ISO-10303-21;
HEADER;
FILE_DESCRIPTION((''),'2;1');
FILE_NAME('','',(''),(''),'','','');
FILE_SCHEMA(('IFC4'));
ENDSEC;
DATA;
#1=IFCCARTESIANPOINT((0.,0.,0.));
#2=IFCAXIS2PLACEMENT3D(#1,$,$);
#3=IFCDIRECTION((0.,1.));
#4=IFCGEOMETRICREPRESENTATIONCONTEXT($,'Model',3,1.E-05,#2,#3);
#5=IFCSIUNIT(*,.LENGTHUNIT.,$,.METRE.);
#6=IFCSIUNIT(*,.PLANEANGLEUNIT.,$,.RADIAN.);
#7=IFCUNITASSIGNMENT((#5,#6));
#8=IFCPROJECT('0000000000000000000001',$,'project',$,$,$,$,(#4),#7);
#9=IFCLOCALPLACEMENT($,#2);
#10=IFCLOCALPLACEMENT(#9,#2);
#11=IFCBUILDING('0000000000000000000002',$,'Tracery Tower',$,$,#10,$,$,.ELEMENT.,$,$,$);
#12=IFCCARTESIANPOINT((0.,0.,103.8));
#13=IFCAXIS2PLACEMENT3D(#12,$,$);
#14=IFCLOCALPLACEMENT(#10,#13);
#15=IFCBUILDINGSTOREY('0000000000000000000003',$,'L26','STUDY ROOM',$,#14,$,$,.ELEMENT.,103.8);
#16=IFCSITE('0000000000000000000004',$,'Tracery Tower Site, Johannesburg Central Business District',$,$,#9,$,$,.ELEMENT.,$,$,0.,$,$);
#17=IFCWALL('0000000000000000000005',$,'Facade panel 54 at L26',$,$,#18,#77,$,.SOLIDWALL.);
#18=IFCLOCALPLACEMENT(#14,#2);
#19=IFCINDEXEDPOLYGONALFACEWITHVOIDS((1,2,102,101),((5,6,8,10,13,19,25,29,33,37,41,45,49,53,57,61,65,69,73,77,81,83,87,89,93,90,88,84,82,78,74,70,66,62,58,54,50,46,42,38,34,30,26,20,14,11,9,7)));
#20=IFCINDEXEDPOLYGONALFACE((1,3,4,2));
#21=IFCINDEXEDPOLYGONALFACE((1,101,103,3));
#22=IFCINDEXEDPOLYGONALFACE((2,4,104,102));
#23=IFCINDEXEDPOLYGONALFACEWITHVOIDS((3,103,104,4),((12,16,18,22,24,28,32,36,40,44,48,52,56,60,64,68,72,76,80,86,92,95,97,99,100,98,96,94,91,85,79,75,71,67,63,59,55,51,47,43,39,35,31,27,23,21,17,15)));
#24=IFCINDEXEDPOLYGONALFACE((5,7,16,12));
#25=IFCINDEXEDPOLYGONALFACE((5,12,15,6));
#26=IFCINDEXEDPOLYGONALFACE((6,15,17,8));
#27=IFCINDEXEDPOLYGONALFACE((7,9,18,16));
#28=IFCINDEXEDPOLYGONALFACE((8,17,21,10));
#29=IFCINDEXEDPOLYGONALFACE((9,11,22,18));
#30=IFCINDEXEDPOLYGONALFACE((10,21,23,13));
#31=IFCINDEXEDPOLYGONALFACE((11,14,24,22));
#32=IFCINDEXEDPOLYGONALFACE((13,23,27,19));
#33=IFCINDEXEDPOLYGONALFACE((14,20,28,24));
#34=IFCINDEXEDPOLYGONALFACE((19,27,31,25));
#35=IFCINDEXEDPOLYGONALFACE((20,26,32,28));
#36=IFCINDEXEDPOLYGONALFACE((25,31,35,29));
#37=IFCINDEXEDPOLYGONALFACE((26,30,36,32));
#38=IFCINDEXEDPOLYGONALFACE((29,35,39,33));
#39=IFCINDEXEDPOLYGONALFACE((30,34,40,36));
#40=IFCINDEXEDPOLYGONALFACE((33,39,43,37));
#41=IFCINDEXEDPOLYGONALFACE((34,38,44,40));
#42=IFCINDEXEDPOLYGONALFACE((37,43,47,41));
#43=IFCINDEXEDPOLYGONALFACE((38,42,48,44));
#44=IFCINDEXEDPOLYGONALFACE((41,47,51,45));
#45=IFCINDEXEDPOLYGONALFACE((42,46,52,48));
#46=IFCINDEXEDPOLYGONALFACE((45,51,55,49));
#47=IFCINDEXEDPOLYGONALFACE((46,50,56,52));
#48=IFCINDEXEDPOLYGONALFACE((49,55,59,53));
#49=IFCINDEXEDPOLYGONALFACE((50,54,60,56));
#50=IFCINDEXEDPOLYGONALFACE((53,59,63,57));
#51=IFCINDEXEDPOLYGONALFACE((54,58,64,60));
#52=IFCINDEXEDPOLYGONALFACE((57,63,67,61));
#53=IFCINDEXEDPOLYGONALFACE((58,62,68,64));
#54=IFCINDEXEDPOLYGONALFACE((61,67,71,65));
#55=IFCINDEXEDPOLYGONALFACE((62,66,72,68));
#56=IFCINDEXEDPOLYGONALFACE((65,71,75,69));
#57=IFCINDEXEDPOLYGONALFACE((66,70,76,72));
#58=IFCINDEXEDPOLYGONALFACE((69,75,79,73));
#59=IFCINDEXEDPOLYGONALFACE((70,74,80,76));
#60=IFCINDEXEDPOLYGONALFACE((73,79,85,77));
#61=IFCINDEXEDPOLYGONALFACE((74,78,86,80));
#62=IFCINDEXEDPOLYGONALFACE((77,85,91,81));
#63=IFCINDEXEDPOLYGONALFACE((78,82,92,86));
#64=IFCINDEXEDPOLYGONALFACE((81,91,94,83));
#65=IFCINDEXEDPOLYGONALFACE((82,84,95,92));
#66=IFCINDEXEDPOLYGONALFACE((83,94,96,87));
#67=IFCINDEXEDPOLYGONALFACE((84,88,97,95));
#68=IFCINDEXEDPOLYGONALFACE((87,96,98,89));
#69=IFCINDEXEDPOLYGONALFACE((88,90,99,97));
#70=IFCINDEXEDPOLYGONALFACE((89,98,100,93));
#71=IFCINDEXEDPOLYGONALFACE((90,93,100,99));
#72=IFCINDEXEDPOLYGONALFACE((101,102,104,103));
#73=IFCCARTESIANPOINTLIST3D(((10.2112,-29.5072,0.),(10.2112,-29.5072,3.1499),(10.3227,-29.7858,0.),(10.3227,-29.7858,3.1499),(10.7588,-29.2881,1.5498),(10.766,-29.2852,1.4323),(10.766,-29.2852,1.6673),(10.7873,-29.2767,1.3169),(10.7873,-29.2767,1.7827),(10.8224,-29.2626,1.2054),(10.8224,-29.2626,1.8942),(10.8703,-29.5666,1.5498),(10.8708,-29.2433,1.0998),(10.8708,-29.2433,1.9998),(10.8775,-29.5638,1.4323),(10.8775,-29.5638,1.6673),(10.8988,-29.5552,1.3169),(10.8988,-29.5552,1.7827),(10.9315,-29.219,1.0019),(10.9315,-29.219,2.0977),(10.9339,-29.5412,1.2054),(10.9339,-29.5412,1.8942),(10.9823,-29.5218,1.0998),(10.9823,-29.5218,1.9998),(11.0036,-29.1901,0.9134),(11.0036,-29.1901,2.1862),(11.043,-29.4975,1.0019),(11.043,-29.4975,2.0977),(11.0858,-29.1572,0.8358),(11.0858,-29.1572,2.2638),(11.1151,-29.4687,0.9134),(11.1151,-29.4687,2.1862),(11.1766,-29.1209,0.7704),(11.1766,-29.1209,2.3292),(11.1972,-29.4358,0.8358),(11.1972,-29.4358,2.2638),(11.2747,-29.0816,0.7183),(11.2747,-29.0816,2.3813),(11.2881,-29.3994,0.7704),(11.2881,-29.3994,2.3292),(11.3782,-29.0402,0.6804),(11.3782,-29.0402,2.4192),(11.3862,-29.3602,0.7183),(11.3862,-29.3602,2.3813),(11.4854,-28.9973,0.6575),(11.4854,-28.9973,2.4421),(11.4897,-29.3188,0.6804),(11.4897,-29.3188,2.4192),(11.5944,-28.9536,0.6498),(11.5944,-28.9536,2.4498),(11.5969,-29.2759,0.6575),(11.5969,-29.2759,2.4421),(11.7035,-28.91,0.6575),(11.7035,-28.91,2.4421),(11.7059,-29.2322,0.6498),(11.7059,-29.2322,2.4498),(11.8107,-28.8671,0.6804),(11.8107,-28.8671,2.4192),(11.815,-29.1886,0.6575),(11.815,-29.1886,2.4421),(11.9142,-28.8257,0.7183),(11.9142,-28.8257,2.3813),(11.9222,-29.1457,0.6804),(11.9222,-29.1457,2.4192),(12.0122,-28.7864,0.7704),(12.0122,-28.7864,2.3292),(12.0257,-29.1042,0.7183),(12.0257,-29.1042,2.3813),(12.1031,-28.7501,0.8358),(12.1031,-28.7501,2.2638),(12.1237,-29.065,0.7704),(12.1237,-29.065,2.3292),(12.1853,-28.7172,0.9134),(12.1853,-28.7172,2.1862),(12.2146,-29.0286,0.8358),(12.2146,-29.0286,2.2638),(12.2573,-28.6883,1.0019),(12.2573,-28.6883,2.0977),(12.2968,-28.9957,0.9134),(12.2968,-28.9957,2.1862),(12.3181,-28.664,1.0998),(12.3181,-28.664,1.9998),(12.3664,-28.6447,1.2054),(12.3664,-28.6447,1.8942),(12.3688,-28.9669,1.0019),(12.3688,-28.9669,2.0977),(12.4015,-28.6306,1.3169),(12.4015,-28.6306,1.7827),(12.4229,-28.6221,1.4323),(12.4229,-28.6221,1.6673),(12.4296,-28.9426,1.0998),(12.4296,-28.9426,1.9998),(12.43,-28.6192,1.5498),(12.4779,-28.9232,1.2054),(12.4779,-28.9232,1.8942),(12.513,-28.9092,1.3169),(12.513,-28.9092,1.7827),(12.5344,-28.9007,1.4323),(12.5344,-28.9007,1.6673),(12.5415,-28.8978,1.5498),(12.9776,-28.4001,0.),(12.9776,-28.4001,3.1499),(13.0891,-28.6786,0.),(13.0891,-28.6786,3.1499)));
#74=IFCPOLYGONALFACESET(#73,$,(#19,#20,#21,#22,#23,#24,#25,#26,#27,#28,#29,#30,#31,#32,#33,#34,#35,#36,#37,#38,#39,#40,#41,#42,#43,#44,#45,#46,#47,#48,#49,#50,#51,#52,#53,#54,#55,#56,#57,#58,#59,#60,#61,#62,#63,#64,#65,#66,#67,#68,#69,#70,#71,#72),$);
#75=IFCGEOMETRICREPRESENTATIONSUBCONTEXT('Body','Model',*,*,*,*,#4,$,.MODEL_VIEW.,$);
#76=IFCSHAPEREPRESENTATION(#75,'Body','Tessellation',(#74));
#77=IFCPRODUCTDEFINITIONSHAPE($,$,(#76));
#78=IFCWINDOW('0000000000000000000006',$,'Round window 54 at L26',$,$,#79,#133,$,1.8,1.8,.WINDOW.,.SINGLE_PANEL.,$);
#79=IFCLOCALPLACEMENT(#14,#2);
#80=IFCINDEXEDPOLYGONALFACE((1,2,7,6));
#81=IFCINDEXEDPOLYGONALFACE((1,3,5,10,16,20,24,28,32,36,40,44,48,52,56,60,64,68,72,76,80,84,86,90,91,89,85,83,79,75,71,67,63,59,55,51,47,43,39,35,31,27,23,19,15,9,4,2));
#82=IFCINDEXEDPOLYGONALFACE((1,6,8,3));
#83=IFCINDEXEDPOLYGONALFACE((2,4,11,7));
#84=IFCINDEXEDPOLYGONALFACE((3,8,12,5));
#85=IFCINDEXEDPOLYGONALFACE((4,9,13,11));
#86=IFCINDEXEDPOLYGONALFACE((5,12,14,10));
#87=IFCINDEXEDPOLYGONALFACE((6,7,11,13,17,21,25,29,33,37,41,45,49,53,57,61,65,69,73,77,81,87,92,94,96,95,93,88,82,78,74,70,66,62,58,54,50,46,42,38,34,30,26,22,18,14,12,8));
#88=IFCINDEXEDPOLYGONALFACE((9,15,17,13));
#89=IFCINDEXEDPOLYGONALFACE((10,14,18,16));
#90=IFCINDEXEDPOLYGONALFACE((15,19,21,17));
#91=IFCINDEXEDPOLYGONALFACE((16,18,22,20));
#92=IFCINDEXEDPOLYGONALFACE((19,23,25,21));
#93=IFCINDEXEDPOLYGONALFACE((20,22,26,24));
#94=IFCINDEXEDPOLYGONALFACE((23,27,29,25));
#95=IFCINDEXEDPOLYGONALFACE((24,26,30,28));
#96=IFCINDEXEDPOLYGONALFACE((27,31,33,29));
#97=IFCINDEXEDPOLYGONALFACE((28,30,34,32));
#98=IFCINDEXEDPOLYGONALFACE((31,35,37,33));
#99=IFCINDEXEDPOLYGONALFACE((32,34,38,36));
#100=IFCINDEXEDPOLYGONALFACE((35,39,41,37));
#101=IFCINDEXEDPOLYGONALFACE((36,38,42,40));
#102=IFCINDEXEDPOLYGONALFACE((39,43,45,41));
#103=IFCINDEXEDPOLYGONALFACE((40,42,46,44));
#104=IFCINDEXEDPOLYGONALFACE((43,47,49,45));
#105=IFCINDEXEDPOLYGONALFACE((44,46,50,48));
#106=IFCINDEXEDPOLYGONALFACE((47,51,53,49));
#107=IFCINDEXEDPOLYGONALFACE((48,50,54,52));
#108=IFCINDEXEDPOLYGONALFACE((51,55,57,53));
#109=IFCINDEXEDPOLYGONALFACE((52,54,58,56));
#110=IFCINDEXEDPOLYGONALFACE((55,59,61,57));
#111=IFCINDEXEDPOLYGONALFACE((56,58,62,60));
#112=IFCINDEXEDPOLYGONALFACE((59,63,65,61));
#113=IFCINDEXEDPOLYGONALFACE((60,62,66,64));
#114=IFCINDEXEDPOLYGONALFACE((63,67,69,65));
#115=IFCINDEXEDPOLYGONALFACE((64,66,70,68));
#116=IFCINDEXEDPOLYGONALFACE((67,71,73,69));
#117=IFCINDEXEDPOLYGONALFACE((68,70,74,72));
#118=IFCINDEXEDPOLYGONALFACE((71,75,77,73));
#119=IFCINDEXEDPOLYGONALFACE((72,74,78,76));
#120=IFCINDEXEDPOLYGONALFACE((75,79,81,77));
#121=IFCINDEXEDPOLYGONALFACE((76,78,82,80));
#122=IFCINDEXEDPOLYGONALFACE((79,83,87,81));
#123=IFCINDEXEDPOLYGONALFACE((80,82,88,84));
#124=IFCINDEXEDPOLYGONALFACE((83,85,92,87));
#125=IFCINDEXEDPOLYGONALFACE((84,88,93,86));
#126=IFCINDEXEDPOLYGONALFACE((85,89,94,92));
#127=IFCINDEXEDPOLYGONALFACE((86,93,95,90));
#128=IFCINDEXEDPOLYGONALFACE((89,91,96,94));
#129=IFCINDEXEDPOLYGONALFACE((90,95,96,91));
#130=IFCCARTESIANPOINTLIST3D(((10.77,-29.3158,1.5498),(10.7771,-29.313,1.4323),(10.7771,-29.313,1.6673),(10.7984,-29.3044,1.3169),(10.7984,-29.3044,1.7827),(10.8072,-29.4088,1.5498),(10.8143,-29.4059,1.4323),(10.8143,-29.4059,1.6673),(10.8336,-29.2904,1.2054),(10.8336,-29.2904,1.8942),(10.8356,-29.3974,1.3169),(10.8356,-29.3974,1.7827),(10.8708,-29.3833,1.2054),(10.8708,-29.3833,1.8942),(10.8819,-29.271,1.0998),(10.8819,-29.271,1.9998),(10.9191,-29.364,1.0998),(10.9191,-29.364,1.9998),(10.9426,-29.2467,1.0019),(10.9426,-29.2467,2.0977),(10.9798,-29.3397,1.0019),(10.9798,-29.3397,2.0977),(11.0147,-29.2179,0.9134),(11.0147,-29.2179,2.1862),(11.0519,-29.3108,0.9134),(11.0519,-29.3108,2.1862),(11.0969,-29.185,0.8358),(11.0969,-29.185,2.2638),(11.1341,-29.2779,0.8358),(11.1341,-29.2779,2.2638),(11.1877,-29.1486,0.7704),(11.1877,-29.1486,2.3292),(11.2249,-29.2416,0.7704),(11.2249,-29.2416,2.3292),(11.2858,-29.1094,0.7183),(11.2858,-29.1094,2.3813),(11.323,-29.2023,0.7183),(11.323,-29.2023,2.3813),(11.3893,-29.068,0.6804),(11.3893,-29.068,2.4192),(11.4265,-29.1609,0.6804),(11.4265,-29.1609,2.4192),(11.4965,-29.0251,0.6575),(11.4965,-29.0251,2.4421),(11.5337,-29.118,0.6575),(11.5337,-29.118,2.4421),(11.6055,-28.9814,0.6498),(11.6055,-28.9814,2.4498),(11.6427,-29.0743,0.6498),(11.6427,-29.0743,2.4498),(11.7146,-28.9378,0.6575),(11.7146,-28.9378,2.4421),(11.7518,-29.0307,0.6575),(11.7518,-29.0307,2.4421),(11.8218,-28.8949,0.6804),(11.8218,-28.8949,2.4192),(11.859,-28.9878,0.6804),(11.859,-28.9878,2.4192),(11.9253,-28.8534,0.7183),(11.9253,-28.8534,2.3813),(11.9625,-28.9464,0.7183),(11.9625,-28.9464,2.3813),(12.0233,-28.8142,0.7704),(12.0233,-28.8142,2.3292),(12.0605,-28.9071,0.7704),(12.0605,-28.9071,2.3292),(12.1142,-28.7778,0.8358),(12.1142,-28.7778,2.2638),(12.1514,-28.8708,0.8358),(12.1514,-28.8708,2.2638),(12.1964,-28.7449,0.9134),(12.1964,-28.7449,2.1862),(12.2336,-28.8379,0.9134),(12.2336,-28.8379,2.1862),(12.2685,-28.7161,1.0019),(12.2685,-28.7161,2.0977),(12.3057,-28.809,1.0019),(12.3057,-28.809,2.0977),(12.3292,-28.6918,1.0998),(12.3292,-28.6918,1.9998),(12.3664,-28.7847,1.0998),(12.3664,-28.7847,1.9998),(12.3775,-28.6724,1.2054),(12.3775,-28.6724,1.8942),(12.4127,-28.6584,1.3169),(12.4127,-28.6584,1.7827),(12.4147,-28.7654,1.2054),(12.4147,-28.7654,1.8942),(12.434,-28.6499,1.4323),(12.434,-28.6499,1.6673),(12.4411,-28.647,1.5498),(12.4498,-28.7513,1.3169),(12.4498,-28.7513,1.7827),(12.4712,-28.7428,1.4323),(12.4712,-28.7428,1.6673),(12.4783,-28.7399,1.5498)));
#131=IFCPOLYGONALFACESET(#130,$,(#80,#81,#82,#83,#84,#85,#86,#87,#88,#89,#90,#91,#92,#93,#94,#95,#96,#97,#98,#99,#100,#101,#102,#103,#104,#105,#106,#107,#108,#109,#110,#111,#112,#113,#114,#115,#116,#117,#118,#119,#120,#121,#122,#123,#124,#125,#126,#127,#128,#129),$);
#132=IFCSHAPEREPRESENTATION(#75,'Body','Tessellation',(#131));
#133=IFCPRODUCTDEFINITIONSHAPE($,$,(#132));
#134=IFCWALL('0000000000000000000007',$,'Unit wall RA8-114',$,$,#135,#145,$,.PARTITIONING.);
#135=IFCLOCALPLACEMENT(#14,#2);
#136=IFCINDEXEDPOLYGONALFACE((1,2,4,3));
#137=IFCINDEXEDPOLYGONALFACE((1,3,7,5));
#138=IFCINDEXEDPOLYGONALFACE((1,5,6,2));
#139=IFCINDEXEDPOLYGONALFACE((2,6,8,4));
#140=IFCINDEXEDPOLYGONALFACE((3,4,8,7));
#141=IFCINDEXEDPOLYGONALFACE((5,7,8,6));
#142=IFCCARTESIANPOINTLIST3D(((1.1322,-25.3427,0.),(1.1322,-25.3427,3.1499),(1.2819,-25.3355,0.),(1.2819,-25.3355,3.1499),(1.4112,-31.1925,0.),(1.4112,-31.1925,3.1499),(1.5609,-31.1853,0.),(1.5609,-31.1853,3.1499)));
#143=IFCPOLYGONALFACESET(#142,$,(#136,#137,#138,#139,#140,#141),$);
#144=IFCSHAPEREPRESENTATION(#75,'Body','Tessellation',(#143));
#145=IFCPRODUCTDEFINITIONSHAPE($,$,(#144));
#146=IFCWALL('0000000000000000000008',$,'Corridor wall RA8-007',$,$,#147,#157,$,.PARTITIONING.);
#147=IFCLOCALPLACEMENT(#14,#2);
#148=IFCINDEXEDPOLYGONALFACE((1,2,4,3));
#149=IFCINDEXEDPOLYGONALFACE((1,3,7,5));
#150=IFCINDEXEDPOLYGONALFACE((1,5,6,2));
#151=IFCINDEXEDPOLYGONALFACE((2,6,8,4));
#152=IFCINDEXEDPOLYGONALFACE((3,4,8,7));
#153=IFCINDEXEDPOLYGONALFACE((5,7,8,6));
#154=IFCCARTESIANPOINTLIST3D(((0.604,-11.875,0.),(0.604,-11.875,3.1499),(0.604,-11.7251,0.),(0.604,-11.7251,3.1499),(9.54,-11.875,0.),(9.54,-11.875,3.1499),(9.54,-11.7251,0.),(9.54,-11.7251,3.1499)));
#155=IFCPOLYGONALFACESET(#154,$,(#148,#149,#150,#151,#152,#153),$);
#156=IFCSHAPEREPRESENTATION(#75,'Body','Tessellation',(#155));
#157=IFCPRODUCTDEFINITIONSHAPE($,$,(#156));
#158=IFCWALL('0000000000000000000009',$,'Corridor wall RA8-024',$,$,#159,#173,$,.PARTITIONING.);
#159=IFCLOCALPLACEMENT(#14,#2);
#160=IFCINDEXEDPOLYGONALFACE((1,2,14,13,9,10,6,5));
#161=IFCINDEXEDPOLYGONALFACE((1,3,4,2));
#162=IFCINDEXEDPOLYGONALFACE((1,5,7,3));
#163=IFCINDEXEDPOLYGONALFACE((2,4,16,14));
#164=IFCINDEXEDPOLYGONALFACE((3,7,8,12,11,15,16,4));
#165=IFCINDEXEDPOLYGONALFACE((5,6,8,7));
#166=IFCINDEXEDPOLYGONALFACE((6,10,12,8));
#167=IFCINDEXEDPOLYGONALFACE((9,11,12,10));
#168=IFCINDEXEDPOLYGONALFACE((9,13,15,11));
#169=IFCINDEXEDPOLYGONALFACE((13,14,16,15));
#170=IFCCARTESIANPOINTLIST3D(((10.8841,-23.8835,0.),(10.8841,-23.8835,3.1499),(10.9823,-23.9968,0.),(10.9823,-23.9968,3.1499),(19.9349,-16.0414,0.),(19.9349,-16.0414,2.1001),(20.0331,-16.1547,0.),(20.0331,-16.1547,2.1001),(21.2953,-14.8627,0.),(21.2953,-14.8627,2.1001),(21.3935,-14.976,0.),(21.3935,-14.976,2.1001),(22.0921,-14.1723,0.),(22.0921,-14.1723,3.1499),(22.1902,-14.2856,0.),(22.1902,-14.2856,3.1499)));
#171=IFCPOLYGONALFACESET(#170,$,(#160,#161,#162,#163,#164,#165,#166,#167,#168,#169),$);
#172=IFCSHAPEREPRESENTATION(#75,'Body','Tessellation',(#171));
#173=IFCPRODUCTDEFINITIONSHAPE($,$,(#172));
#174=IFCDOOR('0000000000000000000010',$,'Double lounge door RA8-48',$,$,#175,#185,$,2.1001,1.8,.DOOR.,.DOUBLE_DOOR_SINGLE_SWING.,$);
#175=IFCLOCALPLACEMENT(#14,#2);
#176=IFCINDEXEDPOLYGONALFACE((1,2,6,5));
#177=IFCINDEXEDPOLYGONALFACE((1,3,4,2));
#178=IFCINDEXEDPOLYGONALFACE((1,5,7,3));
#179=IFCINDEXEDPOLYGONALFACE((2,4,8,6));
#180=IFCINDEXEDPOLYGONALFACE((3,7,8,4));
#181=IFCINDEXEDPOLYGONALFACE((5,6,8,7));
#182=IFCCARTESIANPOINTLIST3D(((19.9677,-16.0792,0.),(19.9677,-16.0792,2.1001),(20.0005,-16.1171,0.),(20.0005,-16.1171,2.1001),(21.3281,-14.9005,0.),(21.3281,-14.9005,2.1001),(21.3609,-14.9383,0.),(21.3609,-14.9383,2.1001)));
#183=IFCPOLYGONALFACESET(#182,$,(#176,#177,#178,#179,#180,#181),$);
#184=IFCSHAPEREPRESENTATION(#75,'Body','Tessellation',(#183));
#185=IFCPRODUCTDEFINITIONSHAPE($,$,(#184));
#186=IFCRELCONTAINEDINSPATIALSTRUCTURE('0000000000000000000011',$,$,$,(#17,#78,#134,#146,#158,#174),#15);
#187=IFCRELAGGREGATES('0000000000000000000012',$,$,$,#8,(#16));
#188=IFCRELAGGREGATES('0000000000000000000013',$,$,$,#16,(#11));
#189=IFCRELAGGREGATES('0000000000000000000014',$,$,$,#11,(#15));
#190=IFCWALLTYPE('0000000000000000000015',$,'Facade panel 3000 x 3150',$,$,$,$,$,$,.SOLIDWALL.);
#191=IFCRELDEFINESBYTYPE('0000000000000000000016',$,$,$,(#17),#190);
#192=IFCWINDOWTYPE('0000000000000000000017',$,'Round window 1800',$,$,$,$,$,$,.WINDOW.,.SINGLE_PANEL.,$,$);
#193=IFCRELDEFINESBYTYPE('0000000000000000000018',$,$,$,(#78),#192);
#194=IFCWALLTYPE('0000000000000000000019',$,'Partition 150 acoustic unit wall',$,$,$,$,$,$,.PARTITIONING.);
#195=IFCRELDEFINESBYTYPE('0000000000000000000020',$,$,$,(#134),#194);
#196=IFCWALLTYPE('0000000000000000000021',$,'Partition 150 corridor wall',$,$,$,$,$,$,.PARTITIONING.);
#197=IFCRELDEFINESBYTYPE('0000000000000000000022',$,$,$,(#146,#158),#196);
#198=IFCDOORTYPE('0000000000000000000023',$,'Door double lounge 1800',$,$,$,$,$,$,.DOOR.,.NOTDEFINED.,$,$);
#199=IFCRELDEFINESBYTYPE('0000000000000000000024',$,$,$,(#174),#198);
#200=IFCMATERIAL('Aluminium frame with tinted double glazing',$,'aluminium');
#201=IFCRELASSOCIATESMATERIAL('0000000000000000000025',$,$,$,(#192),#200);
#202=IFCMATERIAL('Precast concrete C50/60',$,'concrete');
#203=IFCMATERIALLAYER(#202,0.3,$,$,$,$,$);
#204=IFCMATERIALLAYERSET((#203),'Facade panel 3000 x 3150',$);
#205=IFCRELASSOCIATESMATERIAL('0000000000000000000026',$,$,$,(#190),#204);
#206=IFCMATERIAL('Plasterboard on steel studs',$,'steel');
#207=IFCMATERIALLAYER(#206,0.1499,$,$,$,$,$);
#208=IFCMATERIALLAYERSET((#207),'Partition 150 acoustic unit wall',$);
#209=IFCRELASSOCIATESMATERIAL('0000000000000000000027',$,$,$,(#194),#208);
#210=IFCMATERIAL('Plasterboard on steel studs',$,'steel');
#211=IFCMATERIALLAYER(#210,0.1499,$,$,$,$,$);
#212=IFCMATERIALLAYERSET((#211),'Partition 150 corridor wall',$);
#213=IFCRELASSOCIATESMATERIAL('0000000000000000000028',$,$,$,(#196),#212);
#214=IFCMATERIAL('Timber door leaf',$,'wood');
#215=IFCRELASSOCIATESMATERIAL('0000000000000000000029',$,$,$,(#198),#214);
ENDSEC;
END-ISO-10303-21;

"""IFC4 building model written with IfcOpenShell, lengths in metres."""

from ifc_helpers import new_model, si_unit, direction, frame, frame_2d, origin, origin_2d, place, context, subcontext, project, spatial, rectangle, circle, extrude, material, layer, layer_set, type_object, element, fill, save


model = new_model("IFC4")

# Units and contexts
model_context = context("Model", 3, precision=1e-05, world=origin(), true_north=direction((0.0, 1.0)))
body_context = subcontext(model_context, "Body", "Model", "MODEL_VIEW")
ifc_project = project(units=[si_unit("LENGTHUNIT", "METRE"), si_unit("PLANEANGLEUNIT", "RADIAN")], contexts=[model_context])

# Site, building, storey
site_placement = place(None, origin())
site = spatial("IfcSite", under=ifc_project, at=site_placement, Name="Tracery Tower Site, Johannesburg Central Business District", CompositionType="ELEMENT", RefElevation=0.0)
building_placement = place(site_placement, origin())
building = spatial("IfcBuilding", under=site, at=building_placement, Name="Tracery Tower", CompositionType="ELEMENT")
storey_placement = place(building_placement, frame((0.0, 0.0, 103.8)))
storey = spatial("IfcBuildingStorey", under=building, at=storey_placement, Name="L26", Description="STUDY ROOM", CompositionType="ELEMENT", Elevation=103.8)

# Wall, opening, window
ifc_material_1 = material(Name="Aluminium frame with tinted double glazing", Category="aluminium")
window_type = type_object("IfcWindowType", Name="Round window 1800", PartitioningType="SINGLE_PANEL", PredefinedType="WINDOW", material=ifc_material_1)
ifc_material_2 = material(Name="Precast concrete C50/60", Category="concrete")
ifc_layer_1 = layer(ifc_material_2, 0.3)
ifc_layer_set_1 = layer_set([ifc_layer_1], Name="Facade panel 3000 x 3150")
wall_type_1 = type_object("IfcWallType", Name="Facade panel 3000 x 3150", PredefinedType="SOLIDWALL", material=ifc_layer_set_1)
wall_1_placement = place(storey_placement, frame((10.2671, -29.6465, 0.0), z_axis=(0.0, 0.0, 1.0), x_axis=(0.928403, 0.371574, 0.0)))
wall_1 = element("IfcWall", 1, at=wall_1_placement, inside=storey, type_object=wall_type_1, Name="Facade panel 54 at L26", PredefinedType="SOLIDWALL", context=body_context, shape_type="SweptSolid", body=[
    extrude(rectangle(XDim=2.9797, YDim=0.3, at=frame_2d((1.4897, 0.0))), origin(), (0.0, 0.0, 1.0), 3.1499),
])
opening_1_placement = place(wall_1_placement, frame((1.4897, 0.0, 1.5498)))
opening_1 = element("IfcOpeningElement", 2, at=opening_1_placement, cuts=wall_1, PredefinedType="OPENING", context=body_context, shape_type="SweptSolid", body=[
    extrude(circle(Radius=0.9, at=origin_2d()), frame((0.0, 0.1599, 0.0), z_axis=(0.0, -1.0, 0.0), x_axis=(1.0, 0.0, 0.0)), (0.0, 0.0, 1.0), 0.3201),
])
window_1_placement = place(opening_1_placement, origin())
window_1 = element("IfcWindow", 3, at=window_1_placement, inside=storey, type_object=window_type, Name="Round window 54 at L26", OverallHeight=1.8, OverallWidth=1.8, PartitioningType="SINGLE_PANEL", PredefinedType="WINDOW", context=body_context, shape_type="SweptSolid", body=[
    extrude(circle(Radius=0.9, at=origin_2d()), frame((0.0, 0.1201, 0.0), z_axis=(0.0, -1.0, 0.0), x_axis=(1.0, 0.0, 0.0)), (0.0, 0.0, 1.0), 0.1001),
])
fill(opening_1, window_1)

# Walls
ifc_material_3 = material(Name="Plasterboard on steel studs", Category="steel")
ifc_layer_2 = layer(ifc_material_3, 0.1499)
ifc_layer_set_2 = layer_set([ifc_layer_2], Name="Partition 150 acoustic unit wall")
wall_type_2 = type_object("IfcWallType", Name="Partition 150 acoustic unit wall", PredefinedType="PARTITIONING", material=ifc_layer_set_2)
wall_2_placement = place(storey_placement, frame((1.207, -25.3391, 0.0), z_axis=(0.0, 0.0, 1.0), x_axis=(0.047648, -0.998864, 0.0)))
element("IfcWall", 4, at=wall_2_placement, inside=storey, type_object=wall_type_2, Name="Unit wall RA8-114", PredefinedType="PARTITIONING", context=body_context, shape_type="SweptSolid", body=[
    extrude(rectangle(XDim=5.8564, YDim=0.1499, at=frame_2d((2.9282, 0.0))), origin(), (0.0, 0.0, 1.0), 3.1499),
])
ifc_material_4 = material(Name="Plasterboard on steel studs", Category="steel")
ifc_layer_3 = layer(ifc_material_4, 0.1499)
ifc_layer_set_3 = layer_set([ifc_layer_3], Name="Partition 150 corridor wall")
wall_type_3 = type_object("IfcWallType", Name="Partition 150 corridor wall", PredefinedType="PARTITIONING", material=ifc_layer_set_3)
wall_3_placement = place(storey_placement, frame((0.604, -11.8, 0.0), z_axis=(0.0, 0.0, 1.0), x_axis=(1.0, 0.0, 0.0)))
element("IfcWall", 5, at=wall_3_placement, inside=storey, type_object=wall_type_3, Name="Corridor wall RA8-007", PredefinedType="PARTITIONING", context=body_context, shape_type="SweptSolid", body=[
    extrude(rectangle(XDim=8.936, YDim=0.1499, at=frame_2d((4.468, 0.0))), origin(), (0.0, 0.0, 1.0), 3.1499),
])

# Wall, opening, door
wall_4_placement = place(storey_placement, frame((10.9331, -23.9402, 0.0), z_axis=(0.0, 0.0, 1.0), x_axis=(0.75577, 0.654837, 0.0)))
wall_4 = element("IfcWall", 6, at=wall_4_placement, inside=storey, type_object=wall_type_3, Name="Corridor wall RA8-024", PredefinedType="PARTITIONING", context=body_context, shape_type="SweptSolid", body=[
    extrude(rectangle(XDim=14.8298, YDim=0.1499, at=frame_2d((7.415, 0.0))), origin(), (0.0, 0.0, 1.0), 3.1499),
])
opening_2_placement = place(wall_4_placement, frame((11.9758, 0.0, 0.0)))
opening_2 = element("IfcOpeningElement", 7, at=opening_2_placement, cuts=wall_4, PredefinedType="OPENING", context=body_context, shape_type="SweptSolid", body=[
    extrude(rectangle(XDim=1.8, YDim=2.1001, at=frame_2d((0.8999, 1.05))), frame((0.0, 0.075, 0.0), z_axis=(0.0, -1.0, 0.0), x_axis=(1.0, 0.0, 0.0)), (0.0, 0.0, 1.0), 0.1499),
])
ifc_material_5 = material(Name="Timber door leaf", Category="wood")
door_type_1 = type_object("IfcDoorType", Name="Door double lounge 1800", OperationType="NOTDEFINED", PredefinedType="DOOR", material=ifc_material_5)
door_1_placement = place(opening_2_placement, origin())
door_1 = element("IfcDoor", 8, at=door_1_placement, inside=storey, type_object=door_type_1, Name="Double lounge door RA8-48", OperationType="DOUBLE_DOOR_SINGLE_SWING", OverallHeight=2.1001, OverallWidth=1.8, PredefinedType="DOOR", context=body_context, shape_type="SweptSolid", body=[
    extrude(rectangle(XDim=1.8, YDim=2.1001, at=frame_2d((0.8999, 1.05))), frame((0.0, 0.0249, 0.0), z_axis=(0.0, -1.0, 0.0), x_axis=(1.0, 0.0, 0.0)), (0.0, 0.0, 1.0), 0.05),
])
fill(opening_2, door_1)

save(model, "model.ifc")
